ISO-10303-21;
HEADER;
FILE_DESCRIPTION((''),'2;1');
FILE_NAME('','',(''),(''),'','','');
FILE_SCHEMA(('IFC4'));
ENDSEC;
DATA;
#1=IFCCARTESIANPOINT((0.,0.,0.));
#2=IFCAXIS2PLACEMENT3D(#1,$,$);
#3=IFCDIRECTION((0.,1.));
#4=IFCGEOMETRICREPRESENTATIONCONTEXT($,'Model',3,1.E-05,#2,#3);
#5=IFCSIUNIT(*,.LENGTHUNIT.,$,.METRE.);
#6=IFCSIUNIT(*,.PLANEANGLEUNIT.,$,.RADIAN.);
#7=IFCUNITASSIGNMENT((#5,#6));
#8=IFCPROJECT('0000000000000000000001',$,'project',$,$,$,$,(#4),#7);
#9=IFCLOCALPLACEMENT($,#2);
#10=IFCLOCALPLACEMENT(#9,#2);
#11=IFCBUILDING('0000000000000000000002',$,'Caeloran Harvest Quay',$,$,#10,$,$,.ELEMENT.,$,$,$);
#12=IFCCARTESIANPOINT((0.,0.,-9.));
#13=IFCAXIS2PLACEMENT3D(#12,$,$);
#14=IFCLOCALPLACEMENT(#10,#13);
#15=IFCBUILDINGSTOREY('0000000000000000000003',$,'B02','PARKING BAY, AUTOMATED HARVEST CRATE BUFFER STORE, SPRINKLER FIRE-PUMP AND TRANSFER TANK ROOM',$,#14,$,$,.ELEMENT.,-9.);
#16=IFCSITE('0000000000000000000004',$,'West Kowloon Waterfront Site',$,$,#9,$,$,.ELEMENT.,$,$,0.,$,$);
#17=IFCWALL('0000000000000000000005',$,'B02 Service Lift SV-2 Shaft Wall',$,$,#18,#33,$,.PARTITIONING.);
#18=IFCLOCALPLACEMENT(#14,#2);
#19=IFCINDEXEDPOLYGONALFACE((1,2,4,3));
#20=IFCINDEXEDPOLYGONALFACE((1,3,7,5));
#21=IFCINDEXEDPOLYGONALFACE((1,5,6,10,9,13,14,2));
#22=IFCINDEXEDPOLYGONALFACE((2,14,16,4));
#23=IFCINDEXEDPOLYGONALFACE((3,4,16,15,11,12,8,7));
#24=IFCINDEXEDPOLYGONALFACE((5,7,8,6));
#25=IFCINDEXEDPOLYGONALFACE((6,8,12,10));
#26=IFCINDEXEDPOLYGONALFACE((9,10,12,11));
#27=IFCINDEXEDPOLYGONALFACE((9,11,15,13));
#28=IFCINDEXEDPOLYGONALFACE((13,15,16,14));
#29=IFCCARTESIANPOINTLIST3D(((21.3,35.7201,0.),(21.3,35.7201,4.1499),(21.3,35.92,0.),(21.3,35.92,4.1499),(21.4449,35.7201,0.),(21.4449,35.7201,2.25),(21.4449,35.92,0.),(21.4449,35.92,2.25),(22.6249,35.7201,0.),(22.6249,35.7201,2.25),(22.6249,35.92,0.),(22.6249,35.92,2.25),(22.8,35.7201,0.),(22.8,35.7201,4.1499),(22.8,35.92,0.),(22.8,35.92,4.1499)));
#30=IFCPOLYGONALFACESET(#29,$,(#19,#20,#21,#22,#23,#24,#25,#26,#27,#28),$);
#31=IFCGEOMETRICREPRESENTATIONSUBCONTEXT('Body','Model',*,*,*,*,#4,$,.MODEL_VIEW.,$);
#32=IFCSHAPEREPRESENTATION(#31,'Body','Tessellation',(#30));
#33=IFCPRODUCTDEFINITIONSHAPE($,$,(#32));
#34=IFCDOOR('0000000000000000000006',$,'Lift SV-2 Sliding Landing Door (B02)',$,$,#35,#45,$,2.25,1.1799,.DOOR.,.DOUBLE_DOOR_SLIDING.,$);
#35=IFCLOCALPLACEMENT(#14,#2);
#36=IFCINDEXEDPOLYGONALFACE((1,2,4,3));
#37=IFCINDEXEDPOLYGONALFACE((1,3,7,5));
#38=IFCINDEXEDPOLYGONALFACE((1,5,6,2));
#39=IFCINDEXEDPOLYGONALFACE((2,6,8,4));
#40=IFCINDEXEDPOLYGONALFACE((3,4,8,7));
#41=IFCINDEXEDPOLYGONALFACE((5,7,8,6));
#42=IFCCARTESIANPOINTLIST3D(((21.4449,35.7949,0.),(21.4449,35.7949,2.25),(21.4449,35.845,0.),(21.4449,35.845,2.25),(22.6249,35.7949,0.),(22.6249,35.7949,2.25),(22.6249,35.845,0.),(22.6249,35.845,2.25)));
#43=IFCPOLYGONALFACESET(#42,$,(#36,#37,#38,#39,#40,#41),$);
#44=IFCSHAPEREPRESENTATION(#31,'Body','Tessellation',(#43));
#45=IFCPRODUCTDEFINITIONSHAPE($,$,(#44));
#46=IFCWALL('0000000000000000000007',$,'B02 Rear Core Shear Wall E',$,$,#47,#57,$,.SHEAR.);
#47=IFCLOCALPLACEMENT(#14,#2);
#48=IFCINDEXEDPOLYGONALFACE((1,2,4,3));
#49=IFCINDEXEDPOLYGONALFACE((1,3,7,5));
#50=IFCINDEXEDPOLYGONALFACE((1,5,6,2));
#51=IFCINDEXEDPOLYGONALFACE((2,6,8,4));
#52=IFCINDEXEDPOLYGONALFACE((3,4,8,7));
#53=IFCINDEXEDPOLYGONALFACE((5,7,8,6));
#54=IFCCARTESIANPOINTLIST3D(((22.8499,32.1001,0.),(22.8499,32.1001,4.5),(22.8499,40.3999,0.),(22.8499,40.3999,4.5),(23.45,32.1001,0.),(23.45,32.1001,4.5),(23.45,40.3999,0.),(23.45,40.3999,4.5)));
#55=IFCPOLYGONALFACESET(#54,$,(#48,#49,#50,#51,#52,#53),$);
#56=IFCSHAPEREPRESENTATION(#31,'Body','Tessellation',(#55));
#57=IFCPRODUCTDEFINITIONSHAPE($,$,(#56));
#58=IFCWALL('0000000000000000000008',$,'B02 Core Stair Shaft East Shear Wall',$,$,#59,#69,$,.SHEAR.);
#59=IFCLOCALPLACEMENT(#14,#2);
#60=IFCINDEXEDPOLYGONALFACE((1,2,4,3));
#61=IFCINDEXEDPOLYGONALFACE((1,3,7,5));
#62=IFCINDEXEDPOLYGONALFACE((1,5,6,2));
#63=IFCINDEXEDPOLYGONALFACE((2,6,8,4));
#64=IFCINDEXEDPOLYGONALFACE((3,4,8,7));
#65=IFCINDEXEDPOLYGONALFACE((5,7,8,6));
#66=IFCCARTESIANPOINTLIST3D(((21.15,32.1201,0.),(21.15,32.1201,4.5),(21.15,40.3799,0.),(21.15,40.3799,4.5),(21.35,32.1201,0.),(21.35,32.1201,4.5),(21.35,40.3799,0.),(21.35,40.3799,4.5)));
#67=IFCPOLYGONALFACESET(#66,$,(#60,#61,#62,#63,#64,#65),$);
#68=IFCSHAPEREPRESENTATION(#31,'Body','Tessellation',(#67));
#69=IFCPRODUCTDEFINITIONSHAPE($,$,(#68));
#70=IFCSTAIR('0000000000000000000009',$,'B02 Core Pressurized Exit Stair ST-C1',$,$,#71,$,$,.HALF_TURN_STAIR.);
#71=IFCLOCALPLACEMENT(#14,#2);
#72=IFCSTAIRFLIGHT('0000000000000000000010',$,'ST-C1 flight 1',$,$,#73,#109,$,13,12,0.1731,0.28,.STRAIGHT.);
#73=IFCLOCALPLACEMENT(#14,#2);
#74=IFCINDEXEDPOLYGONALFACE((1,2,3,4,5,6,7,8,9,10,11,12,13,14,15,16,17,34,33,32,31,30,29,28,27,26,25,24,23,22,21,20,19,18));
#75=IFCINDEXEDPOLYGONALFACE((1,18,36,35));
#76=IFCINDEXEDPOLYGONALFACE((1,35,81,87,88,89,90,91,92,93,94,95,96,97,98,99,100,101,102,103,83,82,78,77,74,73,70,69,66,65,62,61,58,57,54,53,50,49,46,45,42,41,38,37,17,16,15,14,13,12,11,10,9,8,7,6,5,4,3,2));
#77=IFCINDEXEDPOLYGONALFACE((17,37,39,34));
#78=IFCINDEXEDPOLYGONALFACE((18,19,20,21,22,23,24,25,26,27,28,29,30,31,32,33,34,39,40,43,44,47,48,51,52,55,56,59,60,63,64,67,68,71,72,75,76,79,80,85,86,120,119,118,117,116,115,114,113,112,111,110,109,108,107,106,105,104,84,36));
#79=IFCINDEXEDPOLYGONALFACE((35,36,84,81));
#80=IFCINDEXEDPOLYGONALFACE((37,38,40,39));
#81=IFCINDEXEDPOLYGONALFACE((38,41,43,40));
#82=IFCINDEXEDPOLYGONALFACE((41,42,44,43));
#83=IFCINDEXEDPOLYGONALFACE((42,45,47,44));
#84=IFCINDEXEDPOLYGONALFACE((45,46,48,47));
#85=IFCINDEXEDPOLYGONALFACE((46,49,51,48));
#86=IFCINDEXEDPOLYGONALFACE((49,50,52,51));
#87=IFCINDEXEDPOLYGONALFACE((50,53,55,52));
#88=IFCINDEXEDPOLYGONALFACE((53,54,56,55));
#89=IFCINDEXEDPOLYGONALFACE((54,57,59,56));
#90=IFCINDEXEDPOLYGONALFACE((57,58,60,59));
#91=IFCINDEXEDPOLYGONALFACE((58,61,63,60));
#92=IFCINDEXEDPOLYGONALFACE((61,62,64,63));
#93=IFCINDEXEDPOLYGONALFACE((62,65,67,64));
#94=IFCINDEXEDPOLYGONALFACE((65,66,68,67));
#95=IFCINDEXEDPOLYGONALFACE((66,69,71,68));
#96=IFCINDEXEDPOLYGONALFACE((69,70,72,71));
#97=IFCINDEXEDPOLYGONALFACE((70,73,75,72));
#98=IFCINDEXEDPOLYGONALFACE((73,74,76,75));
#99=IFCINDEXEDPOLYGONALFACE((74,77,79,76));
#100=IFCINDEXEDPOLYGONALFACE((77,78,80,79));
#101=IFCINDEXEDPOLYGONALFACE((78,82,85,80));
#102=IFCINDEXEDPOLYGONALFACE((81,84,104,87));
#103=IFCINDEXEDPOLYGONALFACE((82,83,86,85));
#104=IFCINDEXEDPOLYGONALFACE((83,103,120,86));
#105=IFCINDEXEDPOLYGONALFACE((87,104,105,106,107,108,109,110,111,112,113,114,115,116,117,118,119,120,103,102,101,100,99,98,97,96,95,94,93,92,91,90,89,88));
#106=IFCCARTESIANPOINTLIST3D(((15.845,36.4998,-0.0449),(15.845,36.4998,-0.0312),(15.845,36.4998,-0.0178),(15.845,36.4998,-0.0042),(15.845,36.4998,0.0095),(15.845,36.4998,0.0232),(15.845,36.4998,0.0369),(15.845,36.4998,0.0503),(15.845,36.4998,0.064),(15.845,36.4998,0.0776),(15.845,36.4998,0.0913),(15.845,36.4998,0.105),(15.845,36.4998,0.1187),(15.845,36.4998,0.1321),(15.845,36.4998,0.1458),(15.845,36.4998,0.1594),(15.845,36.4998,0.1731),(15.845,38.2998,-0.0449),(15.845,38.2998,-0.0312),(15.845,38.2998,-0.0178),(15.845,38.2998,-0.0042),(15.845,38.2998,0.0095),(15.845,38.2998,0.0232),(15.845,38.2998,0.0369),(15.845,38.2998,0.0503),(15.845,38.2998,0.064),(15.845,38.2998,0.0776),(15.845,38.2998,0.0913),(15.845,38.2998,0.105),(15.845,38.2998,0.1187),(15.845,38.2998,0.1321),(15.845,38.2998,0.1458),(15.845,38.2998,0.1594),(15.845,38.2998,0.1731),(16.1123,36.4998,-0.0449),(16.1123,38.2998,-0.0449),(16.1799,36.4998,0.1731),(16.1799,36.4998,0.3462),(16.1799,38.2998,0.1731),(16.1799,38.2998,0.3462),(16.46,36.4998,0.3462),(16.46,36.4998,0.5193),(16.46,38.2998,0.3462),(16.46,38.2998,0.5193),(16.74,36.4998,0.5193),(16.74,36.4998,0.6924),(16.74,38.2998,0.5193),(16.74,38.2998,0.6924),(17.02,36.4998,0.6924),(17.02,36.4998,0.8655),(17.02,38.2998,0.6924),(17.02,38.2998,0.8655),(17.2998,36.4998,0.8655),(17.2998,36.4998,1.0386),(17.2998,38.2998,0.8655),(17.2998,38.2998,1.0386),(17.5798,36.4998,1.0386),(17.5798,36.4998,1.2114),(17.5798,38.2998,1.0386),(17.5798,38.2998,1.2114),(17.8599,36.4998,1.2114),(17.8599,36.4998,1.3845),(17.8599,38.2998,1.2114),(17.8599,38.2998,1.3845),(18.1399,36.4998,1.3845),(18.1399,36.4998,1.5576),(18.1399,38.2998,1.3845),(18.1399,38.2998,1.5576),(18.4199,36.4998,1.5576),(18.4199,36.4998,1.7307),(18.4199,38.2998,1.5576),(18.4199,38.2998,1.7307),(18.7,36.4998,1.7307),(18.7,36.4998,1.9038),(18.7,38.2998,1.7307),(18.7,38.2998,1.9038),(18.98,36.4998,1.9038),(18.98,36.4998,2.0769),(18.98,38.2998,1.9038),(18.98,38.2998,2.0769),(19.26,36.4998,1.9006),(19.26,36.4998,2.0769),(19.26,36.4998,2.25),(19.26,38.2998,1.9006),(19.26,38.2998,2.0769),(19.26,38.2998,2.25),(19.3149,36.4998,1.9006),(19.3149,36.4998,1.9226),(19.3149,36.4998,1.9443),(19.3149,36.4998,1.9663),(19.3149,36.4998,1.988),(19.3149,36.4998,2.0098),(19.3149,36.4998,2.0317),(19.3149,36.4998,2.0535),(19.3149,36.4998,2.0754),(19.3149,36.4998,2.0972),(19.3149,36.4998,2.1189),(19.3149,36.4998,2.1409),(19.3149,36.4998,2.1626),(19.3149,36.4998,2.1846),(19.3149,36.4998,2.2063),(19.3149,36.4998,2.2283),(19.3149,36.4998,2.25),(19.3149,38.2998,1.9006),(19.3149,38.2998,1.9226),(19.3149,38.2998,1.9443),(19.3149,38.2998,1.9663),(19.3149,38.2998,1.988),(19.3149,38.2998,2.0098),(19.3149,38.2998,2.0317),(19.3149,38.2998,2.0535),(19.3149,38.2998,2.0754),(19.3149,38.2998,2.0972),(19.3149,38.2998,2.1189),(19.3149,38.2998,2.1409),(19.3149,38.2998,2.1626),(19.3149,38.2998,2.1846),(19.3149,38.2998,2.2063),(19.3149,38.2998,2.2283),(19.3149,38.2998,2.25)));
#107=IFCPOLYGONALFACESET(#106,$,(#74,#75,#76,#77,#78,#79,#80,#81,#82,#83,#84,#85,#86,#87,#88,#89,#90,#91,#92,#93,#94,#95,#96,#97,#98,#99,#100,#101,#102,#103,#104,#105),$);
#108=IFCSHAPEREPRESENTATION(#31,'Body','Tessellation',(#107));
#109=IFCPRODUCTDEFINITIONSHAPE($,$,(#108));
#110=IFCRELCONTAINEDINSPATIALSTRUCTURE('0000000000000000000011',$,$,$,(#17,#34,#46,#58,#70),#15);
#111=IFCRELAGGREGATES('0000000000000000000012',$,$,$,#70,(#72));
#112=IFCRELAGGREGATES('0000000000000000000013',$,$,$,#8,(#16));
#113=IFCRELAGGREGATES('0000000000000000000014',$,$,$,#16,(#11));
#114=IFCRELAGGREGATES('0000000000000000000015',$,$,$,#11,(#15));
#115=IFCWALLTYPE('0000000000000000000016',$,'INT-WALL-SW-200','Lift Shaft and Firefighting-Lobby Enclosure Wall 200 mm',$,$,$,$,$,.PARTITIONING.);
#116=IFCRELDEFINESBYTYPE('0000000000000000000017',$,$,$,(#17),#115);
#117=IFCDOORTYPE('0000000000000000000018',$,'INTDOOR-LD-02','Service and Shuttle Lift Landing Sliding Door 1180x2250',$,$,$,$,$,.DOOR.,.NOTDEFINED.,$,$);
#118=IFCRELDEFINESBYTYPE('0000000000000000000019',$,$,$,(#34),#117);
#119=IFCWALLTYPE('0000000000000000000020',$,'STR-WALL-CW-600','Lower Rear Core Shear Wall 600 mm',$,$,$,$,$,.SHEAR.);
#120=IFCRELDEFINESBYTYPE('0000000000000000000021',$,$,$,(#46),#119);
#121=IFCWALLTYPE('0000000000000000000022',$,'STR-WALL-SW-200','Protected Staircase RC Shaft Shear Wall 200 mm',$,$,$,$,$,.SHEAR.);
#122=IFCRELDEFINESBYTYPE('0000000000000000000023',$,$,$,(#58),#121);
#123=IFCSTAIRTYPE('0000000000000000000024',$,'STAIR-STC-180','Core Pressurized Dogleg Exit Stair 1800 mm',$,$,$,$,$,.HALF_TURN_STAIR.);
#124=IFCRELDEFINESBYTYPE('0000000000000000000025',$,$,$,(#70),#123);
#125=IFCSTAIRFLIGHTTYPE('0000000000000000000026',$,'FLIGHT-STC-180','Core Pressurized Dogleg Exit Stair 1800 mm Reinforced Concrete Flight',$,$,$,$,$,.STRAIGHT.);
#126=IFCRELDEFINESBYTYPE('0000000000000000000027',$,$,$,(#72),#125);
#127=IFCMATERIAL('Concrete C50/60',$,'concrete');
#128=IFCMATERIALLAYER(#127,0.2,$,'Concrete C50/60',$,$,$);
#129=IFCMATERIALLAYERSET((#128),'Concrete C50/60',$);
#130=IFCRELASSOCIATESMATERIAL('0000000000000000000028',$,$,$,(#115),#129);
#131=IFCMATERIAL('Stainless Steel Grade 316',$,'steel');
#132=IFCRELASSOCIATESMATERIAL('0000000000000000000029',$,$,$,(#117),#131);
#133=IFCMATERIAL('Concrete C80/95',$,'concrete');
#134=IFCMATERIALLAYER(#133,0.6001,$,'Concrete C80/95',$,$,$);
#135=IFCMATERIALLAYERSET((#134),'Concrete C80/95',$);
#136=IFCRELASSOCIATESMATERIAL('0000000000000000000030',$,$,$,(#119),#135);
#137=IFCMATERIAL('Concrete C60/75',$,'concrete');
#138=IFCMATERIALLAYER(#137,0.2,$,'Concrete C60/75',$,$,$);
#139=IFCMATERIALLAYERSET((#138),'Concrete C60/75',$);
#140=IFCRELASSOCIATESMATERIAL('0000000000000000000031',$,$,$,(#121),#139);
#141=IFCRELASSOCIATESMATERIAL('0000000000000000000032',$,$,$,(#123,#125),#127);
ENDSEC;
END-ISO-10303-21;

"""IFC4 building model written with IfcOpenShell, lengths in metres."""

from ifc_helpers import new_model, si_unit, direction, frame, frame_2d, origin, place, context, subcontext, project, spatial, polyline, rectangle, outline, extrude, material, layer, layer_set, type_object, element, fill, aggregate, save


model = new_model("IFC4")

# Units and contexts
model_context = context("Model", 3, precision=1e-05, world=origin(), true_north=direction((0.0, 1.0)))
body_context = subcontext(model_context, "Body", "Model", "MODEL_VIEW")
ifc_project = project(units=[si_unit("LENGTHUNIT", "METRE"), si_unit("PLANEANGLEUNIT", "RADIAN")], contexts=[model_context])

# Site, building, storey
site_placement = place(None, origin())
site = spatial("IfcSite", under=ifc_project, at=site_placement, Name="West Kowloon Waterfront Site", CompositionType="ELEMENT", RefElevation=0.0)
building_placement = place(site_placement, origin())
building = spatial("IfcBuilding", under=site, at=building_placement, Name="Caeloran Harvest Quay", CompositionType="ELEMENT")
storey_placement = place(building_placement, frame((0.0, 0.0, -9.0)))
storey = spatial("IfcBuildingStorey", under=building, at=storey_placement, Name="B02", Description="PARKING BAY, AUTOMATED HARVEST CRATE BUFFER STORE, SPRINKLER FIRE-PUMP AND TRANSFER TANK ROOM", CompositionType="ELEMENT", Elevation=-9.0)

# Shared definitions
ifc_material_1 = material(Name="Concrete C80/95", Category="concrete")

# Wall, opening, door
ifc_material_2 = material(Name="Concrete C50/60", Category="concrete")
ifc_layer_1 = layer(ifc_material_2, 0.2, Name="Concrete C50/60")
ifc_layer_set_1 = layer_set([ifc_layer_1], Name="Concrete C50/60")
wall_type_1 = type_object("IfcWallType", Name="INT-WALL-SW-200", Description="Lift Shaft and Firefighting-Lobby Enclosure Wall 200 mm", PredefinedType="PARTITIONING", material=ifc_layer_set_1)
wall_1_placement = place(storey_placement, frame((21.3, 35.8201, 0.0), z_axis=(0.0, 0.0, 1.0), x_axis=(1.0, 0.0, 0.0)))
wall_1 = element("IfcWall", 1, at=wall_1_placement, inside=storey, type_object=wall_type_1, Name="B02 Service Lift SV-2 Shaft Wall", PredefinedType="PARTITIONING", context=body_context, shape_type="SweptSolid", body=[
    extrude(rectangle(XDim=1.5, YDim=0.2, at=frame_2d((0.75, 0.0))), origin(), (0.0, 0.0, 1.0), 4.1499),
])
opening_1_placement = place(wall_1_placement, frame((0.145, 0.0, 0.0)))
opening_1 = element("IfcOpeningElement", 2, at=opening_1_placement, cuts=wall_1, PredefinedType="OPENING", context=body_context, shape_type="SweptSolid", body=[
    extrude(rectangle(XDim=1.1799, YDim=2.25, at=frame_2d((0.5898, 1.125))), frame((0.0, 0.1099, 0.0), z_axis=(0.0, -1.0, 0.0), x_axis=(1.0, 0.0, 0.0)), (0.0, 0.0, 1.0), 0.22),
])
ifc_material_3 = material(Name="Stainless Steel Grade 316", Category="steel")
door_type_1 = type_object("IfcDoorType", Name="INTDOOR-LD-02", Description="Service and Shuttle Lift Landing Sliding Door 1180x2250", OperationType="NOTDEFINED", PredefinedType="DOOR", material=ifc_material_3)
door_1_placement = place(opening_1_placement, origin())
door_1 = element("IfcDoor", 3, at=door_1_placement, inside=storey, type_object=door_type_1, Name="Lift SV-2 Sliding Landing Door (B02)", OperationType="DOUBLE_DOOR_SLIDING", OverallHeight=2.25, OverallWidth=1.1799, PredefinedType="DOOR", context=body_context, shape_type="SweptSolid", body=[
    extrude(rectangle(XDim=1.1799, YDim=2.25, at=frame_2d((0.5898, 1.125))), frame((0.0, 0.0249, 0.0), z_axis=(0.0, -1.0, 0.0), x_axis=(1.0, 0.0, 0.0)), (0.0, 0.0, 1.0), 0.05),
])
fill(opening_1, door_1)

# Walls
ifc_layer_2 = layer(ifc_material_1, 0.6001, Name="Concrete C80/95")
ifc_layer_set_2 = layer_set([ifc_layer_2], Name="Concrete C80/95")
wall_type_2 = type_object("IfcWallType", Name="STR-WALL-CW-600", Description="Lower Rear Core Shear Wall 600 mm", PredefinedType="SHEAR", material=ifc_layer_set_2)
wall_2_placement = place(storey_placement, frame((23.1499, 32.1001, 0.0), z_axis=(0.0, 0.0, 1.0), x_axis=(0.0, 1.0, 0.0)))
element("IfcWall", 4, at=wall_2_placement, inside=storey, type_object=wall_type_2, Name="B02 Rear Core Shear Wall E", PredefinedType="SHEAR", context=body_context, shape_type="SweptSolid", body=[
    extrude(rectangle(XDim=8.2998, YDim=0.6001, at=frame_2d((4.1499, 0.0))), origin(), (0.0, 0.0, 1.0), 4.5),
])
ifc_material_4 = material(Name="Concrete C60/75", Category="concrete")
ifc_layer_3 = layer(ifc_material_4, 0.2, Name="Concrete C60/75")
ifc_layer_set_3 = layer_set([ifc_layer_3], Name="Concrete C60/75")
wall_type_3 = type_object("IfcWallType", Name="STR-WALL-SW-200", Description="Protected Staircase RC Shaft Shear Wall 200 mm", PredefinedType="SHEAR", material=ifc_layer_set_3)
wall_3_placement = place(storey_placement, frame((21.25, 32.1201, 0.0), z_axis=(0.0, 0.0, 1.0), x_axis=(0.0, 1.0, 0.0)))
element("IfcWall", 5, at=wall_3_placement, inside=storey, type_object=wall_type_3, Name="B02 Core Stair Shaft East Shear Wall", PredefinedType="SHEAR", context=body_context, shape_type="SweptSolid", body=[
    extrude(rectangle(XDim=8.2598, YDim=0.2, at=frame_2d((4.1299, 0.0))), origin(), (0.0, 0.0, 1.0), 4.5),
])

# Stair, stair flight
stair_type = type_object("IfcStairType", Name="STAIR-STC-180", Description="Core Pressurized Dogleg Exit Stair 1800 mm", PredefinedType="HALF_TURN_STAIR", material=ifc_material_2)
stair_1_placement = place(storey_placement, origin())
stair_1 = element("IfcStair", 6, at=stair_1_placement, inside=storey, type_object=stair_type, Name="B02 Core Pressurized Exit Stair ST-C1", PredefinedType="HALF_TURN_STAIR")
stair_flight_type = type_object("IfcStairFlightType", Name="FLIGHT-STC-180", Description="Core Pressurized Dogleg Exit Stair 1800 mm Reinforced Concrete Flight", PredefinedType="STRAIGHT", material=ifc_material_2)
stair_flight_1_placement = place(storey_placement, frame((15.8999, 37.3999, 0.0), z_axis=(0.0, 0.0, 1.0), x_axis=(1.0, 0.0, 0.0)))
stair_flight_1 = element("IfcStairFlight", 7, at=stair_flight_1_placement, type_object=stair_flight_type, Name="ST-C1 flight 1", NumberOfRisers=13, NumberOfTreads=12, PredefinedType="STRAIGHT", RiserHeight=0.1731, TreadLength=0.28, context=body_context, shape_type="SweptSolid", body=[
    extrude(outline(polyline([(-0.0549, -0.0449), (-0.0549, -0.0312), (-0.0549, -0.0178), (-0.0549, -0.0042), (-0.0549, 0.0095), (-0.0549, 0.0232), (-0.0549, 0.0369), (-0.0549, 0.0503), (-0.0549, 0.064), (-0.0549, 0.0776), (-0.0549, 0.0913), (-0.0549, 0.105), (-0.0549, 0.1187), (-0.0549, 0.1321), (-0.0549, 0.1458), (-0.0549, 0.1594), (-0.0549, 0.1731), (0.28, 0.1731), (0.28, 0.3462), (0.5601, 0.3462), (0.5601, 0.5193), (0.8401, 0.5193), (0.8401, 0.6924), (1.1201, 0.6924), (1.1201, 0.8655), (1.3999, 0.8655), (1.3999, 1.0386), (1.6799, 1.0386), (1.6799, 1.2114), (1.96, 1.2114), (1.96, 1.3845), (2.24, 1.3845), (2.24, 1.5576), (2.52, 1.5576), (2.52, 1.7307), (2.8, 1.7307), (2.8, 1.9038), (3.0801, 1.9038), (3.0801, 2.0769), (3.3601, 2.0769), (3.3601, 2.25), (3.415, 2.25), (3.415, 2.2283), (3.415, 2.2063), (3.415, 2.1846), (3.415, 2.1626), (3.415, 2.1409), (3.415, 2.1189), (3.415, 2.0972), (3.415, 2.0754), (3.415, 2.0535), (3.415, 2.0317), (3.415, 2.0098), (3.415, 1.988), (3.415, 1.9663), (3.415, 1.9443), (3.415, 1.9226), (3.415, 1.9006), (3.3601, 1.9006), (0.2124, -0.0449), (-0.0549, -0.0449)])), frame((0.0, 0.8999, 0.0), z_axis=(0.0, -1.0, 0.0), x_axis=(1.0, 0.0, 0.0)), (0.0, 0.0, 1.0), 1.8),
])
aggregate(stair_1, [stair_flight_1])

save(model, "model.ifc")
